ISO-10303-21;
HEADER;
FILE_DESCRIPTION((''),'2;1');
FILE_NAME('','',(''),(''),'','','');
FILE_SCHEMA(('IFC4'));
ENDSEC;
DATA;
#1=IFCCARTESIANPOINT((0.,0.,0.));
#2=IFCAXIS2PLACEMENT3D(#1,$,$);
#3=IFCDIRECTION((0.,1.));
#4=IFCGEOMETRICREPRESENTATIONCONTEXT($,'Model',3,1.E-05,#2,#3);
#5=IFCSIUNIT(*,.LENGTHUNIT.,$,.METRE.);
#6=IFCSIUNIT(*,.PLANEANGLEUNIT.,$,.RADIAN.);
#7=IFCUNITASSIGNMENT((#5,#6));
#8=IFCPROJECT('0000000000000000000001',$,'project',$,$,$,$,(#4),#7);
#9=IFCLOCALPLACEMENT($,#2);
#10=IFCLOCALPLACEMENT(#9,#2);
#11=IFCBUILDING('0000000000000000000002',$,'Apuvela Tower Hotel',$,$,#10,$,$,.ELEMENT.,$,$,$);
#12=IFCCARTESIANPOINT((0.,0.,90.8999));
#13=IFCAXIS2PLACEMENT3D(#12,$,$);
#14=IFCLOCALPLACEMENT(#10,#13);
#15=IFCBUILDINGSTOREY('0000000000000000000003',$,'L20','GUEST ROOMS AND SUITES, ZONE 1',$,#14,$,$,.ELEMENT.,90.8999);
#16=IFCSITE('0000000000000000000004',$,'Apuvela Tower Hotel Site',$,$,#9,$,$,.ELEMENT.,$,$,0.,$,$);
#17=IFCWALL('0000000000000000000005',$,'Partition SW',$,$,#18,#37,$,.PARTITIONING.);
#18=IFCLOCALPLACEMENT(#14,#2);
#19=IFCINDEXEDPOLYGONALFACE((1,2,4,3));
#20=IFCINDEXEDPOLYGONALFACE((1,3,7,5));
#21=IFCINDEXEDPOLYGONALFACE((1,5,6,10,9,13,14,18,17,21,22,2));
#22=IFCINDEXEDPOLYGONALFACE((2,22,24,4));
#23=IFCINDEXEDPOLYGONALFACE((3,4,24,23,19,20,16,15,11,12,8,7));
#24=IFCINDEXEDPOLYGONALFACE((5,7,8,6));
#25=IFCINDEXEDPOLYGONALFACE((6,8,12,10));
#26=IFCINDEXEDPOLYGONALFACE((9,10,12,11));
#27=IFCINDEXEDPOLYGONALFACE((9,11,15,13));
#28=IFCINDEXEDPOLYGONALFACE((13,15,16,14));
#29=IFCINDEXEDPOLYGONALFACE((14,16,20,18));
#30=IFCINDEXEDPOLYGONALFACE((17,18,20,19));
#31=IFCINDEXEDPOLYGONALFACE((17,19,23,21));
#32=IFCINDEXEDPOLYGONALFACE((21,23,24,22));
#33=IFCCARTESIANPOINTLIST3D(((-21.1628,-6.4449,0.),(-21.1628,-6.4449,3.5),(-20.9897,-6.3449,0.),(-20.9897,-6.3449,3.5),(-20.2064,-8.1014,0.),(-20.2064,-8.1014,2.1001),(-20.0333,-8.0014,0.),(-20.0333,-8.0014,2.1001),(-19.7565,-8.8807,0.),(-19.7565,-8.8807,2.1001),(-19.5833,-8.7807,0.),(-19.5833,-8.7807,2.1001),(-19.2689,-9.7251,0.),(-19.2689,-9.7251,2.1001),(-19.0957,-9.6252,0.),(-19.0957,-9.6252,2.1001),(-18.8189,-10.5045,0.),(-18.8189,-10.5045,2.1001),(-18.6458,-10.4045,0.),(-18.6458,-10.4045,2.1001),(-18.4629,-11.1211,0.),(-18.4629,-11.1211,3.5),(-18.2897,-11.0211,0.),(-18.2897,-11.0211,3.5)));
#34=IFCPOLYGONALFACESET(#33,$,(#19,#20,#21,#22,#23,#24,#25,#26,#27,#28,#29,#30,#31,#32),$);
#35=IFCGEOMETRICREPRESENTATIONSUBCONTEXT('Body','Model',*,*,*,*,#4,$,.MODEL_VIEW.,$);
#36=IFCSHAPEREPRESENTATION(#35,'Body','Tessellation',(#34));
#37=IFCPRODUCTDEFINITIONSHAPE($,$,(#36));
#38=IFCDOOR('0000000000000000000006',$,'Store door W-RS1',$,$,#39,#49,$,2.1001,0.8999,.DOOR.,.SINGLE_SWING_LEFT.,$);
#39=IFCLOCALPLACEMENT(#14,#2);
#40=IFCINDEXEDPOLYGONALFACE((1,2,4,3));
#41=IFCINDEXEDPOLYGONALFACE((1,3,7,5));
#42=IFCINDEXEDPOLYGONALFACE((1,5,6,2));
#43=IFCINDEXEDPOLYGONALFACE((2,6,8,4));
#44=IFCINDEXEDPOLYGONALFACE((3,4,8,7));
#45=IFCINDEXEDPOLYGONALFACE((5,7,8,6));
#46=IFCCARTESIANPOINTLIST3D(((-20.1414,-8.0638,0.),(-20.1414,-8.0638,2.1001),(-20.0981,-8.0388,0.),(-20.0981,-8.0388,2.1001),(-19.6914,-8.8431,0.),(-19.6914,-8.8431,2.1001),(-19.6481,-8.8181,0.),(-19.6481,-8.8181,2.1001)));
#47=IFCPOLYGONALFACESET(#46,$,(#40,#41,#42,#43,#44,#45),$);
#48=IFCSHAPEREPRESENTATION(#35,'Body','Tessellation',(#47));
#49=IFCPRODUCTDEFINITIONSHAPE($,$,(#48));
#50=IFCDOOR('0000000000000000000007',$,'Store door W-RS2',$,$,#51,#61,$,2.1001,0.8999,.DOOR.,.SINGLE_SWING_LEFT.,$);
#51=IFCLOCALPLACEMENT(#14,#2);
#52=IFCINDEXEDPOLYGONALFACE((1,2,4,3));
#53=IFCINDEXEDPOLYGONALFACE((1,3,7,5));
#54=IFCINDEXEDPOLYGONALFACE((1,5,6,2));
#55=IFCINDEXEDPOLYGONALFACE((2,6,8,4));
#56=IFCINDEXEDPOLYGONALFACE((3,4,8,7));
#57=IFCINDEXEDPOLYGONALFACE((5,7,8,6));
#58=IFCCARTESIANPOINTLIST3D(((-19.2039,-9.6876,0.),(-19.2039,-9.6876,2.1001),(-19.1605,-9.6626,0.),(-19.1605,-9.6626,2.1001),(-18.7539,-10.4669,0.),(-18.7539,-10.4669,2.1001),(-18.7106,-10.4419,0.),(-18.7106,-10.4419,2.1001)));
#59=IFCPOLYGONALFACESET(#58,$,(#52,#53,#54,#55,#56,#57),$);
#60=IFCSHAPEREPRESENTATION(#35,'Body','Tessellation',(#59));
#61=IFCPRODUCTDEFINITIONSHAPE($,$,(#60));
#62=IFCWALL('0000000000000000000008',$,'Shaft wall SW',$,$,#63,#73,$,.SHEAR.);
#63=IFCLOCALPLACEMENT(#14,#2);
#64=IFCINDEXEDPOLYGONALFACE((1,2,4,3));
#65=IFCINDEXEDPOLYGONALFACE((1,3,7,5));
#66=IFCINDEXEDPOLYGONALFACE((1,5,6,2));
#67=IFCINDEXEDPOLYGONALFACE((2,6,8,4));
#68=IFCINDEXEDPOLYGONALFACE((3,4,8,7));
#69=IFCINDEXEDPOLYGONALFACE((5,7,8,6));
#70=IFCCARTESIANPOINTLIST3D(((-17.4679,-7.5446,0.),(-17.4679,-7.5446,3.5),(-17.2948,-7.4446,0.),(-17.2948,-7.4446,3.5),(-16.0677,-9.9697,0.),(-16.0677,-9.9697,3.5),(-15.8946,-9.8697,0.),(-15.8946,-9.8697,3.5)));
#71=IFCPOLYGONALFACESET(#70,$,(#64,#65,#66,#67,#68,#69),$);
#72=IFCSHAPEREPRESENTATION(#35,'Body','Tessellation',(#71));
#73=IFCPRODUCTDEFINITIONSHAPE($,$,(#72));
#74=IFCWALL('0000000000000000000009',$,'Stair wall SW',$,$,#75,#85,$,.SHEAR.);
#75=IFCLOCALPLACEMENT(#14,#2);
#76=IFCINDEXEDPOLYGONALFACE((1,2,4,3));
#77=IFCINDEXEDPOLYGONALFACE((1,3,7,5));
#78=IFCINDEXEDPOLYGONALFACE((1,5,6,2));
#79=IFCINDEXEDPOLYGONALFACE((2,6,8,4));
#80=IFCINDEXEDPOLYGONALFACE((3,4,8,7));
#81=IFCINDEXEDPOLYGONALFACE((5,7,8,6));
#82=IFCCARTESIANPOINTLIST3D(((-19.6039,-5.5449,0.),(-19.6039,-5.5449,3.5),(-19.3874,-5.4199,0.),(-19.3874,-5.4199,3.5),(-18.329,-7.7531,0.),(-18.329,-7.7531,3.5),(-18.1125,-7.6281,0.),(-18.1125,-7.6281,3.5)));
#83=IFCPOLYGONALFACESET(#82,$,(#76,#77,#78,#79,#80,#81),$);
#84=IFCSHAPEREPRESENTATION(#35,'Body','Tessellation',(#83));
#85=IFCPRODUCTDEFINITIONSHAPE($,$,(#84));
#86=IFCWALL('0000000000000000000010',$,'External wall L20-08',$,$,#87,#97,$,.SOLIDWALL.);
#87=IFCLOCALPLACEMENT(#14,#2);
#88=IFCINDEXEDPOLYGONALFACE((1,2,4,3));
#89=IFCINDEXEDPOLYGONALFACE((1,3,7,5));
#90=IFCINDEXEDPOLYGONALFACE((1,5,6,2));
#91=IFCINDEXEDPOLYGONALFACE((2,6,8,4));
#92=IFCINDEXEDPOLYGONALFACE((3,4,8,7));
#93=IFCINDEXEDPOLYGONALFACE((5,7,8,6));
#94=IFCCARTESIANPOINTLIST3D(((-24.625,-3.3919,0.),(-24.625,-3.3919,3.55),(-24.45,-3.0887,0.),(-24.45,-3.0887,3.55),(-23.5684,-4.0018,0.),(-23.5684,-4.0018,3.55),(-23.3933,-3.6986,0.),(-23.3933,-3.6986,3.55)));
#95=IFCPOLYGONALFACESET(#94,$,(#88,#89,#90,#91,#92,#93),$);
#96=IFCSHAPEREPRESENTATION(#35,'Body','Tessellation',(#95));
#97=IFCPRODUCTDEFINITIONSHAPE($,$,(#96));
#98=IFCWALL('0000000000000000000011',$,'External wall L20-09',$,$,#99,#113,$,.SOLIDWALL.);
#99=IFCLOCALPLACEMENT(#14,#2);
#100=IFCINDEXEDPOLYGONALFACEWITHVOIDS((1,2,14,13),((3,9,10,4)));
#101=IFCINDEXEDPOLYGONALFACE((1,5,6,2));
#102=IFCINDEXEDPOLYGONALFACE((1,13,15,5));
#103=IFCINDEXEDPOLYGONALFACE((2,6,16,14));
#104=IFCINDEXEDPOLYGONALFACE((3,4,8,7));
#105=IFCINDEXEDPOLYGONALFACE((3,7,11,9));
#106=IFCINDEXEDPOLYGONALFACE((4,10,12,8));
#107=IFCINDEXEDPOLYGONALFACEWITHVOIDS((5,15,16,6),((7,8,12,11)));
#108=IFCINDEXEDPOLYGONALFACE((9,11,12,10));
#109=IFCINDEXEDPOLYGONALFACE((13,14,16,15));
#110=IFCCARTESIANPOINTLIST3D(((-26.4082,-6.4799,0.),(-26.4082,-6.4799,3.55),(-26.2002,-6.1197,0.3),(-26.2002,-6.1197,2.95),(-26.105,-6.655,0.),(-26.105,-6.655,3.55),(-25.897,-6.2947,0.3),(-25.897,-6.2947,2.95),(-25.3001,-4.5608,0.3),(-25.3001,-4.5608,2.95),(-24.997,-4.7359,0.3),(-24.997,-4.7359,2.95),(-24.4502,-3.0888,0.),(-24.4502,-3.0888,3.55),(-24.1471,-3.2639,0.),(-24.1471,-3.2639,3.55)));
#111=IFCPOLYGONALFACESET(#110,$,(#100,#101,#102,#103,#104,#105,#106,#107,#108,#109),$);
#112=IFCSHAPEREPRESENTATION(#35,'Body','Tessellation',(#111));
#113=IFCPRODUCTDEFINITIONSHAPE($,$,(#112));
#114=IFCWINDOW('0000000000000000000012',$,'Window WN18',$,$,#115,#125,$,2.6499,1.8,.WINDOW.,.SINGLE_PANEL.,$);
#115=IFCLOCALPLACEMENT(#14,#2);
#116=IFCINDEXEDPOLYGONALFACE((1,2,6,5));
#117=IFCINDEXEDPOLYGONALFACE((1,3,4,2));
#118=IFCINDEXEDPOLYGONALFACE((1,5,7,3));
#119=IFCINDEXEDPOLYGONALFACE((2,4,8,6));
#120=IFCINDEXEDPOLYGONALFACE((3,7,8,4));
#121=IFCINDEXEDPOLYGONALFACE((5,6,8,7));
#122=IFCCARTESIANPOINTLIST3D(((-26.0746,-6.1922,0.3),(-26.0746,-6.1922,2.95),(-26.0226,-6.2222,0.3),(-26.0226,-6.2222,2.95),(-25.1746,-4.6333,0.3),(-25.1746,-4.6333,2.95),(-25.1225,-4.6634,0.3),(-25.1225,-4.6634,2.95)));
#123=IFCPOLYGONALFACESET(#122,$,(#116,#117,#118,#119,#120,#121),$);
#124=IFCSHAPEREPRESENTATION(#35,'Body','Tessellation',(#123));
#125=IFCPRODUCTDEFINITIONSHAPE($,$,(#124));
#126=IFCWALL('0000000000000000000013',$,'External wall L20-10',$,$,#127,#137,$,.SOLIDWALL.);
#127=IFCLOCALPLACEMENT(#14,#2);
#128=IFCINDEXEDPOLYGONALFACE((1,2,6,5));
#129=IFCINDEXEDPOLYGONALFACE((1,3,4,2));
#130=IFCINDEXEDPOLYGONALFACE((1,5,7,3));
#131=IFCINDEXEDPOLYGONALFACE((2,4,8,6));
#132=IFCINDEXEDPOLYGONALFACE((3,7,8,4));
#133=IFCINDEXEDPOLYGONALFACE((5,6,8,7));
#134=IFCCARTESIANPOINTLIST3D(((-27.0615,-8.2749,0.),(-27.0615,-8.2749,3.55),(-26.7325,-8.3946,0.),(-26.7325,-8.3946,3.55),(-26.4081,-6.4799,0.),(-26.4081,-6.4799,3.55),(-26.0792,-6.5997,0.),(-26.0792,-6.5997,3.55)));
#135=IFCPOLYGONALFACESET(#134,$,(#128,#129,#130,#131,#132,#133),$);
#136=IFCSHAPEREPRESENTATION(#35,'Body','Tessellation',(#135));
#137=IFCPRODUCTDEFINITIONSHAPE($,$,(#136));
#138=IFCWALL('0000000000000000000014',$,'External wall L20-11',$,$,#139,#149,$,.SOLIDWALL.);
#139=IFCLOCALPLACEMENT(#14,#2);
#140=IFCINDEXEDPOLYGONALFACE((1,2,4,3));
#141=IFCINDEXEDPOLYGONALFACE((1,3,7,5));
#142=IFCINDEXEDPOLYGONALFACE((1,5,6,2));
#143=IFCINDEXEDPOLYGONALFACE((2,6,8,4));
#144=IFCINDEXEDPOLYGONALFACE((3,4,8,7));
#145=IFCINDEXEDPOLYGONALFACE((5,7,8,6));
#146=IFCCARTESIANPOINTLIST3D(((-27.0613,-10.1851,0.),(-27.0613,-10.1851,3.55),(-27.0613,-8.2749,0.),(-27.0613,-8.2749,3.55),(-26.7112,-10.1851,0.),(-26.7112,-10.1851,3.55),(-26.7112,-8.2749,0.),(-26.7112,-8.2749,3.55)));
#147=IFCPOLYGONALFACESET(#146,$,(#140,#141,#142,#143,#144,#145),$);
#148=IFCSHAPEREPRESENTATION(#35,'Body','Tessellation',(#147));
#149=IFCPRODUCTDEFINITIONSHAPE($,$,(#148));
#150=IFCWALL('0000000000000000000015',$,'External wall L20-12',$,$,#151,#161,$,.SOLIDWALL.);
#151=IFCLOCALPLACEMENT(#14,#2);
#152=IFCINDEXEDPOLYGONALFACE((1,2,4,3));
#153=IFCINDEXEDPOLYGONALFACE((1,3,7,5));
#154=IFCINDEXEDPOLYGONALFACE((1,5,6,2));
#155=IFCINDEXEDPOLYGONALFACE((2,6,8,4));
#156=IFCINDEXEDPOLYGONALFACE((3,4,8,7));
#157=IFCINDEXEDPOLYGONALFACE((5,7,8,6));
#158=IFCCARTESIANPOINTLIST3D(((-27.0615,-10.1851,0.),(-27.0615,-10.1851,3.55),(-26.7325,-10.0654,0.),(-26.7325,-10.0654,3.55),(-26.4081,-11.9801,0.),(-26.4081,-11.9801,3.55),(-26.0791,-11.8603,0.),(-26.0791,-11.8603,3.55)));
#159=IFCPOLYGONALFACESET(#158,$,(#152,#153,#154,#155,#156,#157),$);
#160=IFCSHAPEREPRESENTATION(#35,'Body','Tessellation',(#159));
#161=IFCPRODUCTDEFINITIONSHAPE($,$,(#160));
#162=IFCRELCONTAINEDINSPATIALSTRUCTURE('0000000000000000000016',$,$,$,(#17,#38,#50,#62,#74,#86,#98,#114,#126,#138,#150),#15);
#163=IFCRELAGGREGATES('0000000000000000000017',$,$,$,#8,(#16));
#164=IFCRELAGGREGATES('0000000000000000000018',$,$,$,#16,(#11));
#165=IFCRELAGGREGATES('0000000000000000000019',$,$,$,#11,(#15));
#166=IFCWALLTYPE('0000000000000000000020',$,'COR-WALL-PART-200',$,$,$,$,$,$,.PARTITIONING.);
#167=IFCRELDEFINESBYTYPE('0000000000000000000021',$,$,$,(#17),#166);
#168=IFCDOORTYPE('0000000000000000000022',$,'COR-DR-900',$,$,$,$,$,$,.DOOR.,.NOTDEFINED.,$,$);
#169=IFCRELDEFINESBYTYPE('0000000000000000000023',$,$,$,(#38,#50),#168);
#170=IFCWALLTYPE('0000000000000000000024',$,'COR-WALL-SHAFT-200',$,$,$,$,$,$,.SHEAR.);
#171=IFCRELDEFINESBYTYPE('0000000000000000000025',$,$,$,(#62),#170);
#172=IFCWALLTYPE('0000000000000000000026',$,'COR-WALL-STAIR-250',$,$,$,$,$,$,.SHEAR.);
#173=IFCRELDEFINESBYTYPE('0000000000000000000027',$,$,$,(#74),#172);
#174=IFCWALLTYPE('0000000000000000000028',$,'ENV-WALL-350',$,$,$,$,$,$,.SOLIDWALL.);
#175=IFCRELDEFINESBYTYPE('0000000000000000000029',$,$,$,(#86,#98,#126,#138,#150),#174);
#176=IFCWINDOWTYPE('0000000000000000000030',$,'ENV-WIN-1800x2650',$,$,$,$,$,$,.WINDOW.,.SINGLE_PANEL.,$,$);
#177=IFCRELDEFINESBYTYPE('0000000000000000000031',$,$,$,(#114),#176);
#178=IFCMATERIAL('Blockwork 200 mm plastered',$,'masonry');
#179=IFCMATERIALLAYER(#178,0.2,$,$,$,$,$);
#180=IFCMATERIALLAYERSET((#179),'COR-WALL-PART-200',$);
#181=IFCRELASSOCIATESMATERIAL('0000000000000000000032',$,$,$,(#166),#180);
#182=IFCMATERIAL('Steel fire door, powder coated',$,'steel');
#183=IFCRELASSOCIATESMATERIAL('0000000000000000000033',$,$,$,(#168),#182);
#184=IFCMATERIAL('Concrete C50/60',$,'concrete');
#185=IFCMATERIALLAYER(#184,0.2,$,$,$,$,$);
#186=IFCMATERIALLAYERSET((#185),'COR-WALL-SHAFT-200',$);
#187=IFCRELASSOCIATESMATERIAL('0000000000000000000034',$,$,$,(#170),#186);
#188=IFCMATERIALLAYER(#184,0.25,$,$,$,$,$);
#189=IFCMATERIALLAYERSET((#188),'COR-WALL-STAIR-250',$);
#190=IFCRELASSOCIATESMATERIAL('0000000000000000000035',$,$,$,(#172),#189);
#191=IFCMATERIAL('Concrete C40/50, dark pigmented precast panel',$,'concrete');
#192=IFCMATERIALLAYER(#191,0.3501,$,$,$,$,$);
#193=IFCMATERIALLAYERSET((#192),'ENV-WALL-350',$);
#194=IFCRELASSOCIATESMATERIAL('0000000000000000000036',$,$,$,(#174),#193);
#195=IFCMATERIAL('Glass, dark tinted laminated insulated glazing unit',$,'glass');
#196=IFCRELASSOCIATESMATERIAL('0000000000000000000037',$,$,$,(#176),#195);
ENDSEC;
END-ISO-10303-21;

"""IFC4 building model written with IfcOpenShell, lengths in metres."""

from ifc_helpers import new_model, si_unit, direction, frame, frame_2d, origin, place, context, subcontext, project, spatial, rectangle, extrude, material, layer, layer_set, type_object, element, fill, save


model = new_model("IFC4")

# Units and contexts
model_context = context("Model", 3, precision=1e-05, world=origin(), true_north=direction((0.0, 1.0)))
body_context = subcontext(model_context, "Body", "Model", "MODEL_VIEW")
ifc_project = project(units=[si_unit("LENGTHUNIT", "METRE"), si_unit("PLANEANGLEUNIT", "RADIAN")], contexts=[model_context])

# Site, building, storey
site_placement = place(None, origin())
site = spatial("IfcSite", under=ifc_project, at=site_placement, Name="Apuvela Tower Hotel Site", CompositionType="ELEMENT", RefElevation=0.0)
building_placement = place(site_placement, origin())
building = spatial("IfcBuilding", under=site, at=building_placement, Name="Apuvela Tower Hotel", CompositionType="ELEMENT")
storey_placement = place(building_placement, frame((0.0, 0.0, 90.8999)))
storey = spatial("IfcBuildingStorey", under=building, at=storey_placement, Name="L20", Description="GUEST ROOMS AND SUITES, ZONE 1", CompositionType="ELEMENT", Elevation=90.8999)

# Wall, openings, doors
ifc_material_1 = material(Name="Blockwork 200 mm plastered", Category="masonry")
ifc_layer_1 = layer(ifc_material_1, 0.2)
ifc_layer_set_1 = layer_set([ifc_layer_1], Name="COR-WALL-PART-200")
wall_type_1 = type_object("IfcWallType", Name="COR-WALL-PART-200", PredefinedType="PARTITIONING", material=ifc_layer_set_1)
wall_1_placement = place(storey_placement, frame((-21.0762, -6.395, 0.0), z_axis=(0.0, 0.0, 1.0), x_axis=(0.500015, -0.866017, 0.0)))
wall_1 = element("IfcWall", 1, at=wall_1_placement, inside=storey, type_object=wall_type_1, Name="Partition SW", PredefinedType="PARTITIONING", context=body_context, shape_type="SweptSolid", body=[
    extrude(rectangle(XDim=5.3997, YDim=0.2, at=frame_2d((2.6997, 0.0))), origin(), (0.0, 0.0, 1.0), 3.5),
])
opening_1_placement = place(wall_1_placement, frame((1.9126, 0.0, 0.0)))
opening_1 = element("IfcOpeningElement", 2, at=opening_1_placement, cuts=wall_1, PredefinedType="OPENING", context=body_context, shape_type="SweptSolid", body=[
    extrude(rectangle(XDim=0.8999, YDim=2.1001, at=frame_2d((0.45, 1.05))), frame((0.0, 0.1099, 0.0), z_axis=(0.0, -1.0, 0.0), x_axis=(1.0, 0.0, 0.0)), (0.0, 0.0, 1.0), 0.22),
])
opening_2_placement = place(wall_1_placement, frame((3.7876, 0.0, 0.0)))
opening_2 = element("IfcOpeningElement", 3, at=opening_2_placement, cuts=wall_1, PredefinedType="OPENING", context=body_context, shape_type="SweptSolid", body=[
    extrude(rectangle(XDim=0.8999, YDim=2.1001, at=frame_2d((0.45, 1.05))), frame((0.0, 0.1099, 0.0), z_axis=(0.0, -1.0, 0.0), x_axis=(1.0, 0.0, 0.0)), (0.0, 0.0, 1.0), 0.22),
])
ifc_material_2 = material(Name="Steel fire door, powder coated", Category="steel")
door_type_1 = type_object("IfcDoorType", Name="COR-DR-900", OperationType="NOTDEFINED", PredefinedType="DOOR", material=ifc_material_2)
door_1_placement = place(opening_1_placement, frame((0.8999, 0.0, 0.0), z_axis=(0.0, 0.0, 1.0), x_axis=(-1.0, 0.0, 0.0)))
door_1 = element("IfcDoor", 4, at=door_1_placement, inside=storey, type_object=door_type_1, Name="Store door W-RS1", OperationType="SINGLE_SWING_LEFT", OverallHeight=2.1001, OverallWidth=0.8999, PredefinedType="DOOR", context=body_context, shape_type="SweptSolid", body=[
    extrude(rectangle(XDim=0.8999, YDim=2.1001, at=frame_2d((0.45, 1.05))), frame((0.0, 0.0249, 0.0), z_axis=(0.0, -1.0, 0.0), x_axis=(1.0, 0.0, 0.0)), (0.0, 0.0, 1.0), 0.05),
])
fill(opening_1, door_1)
door_2_placement = place(opening_2_placement, frame((0.8999, 0.0, 0.0), z_axis=(0.0, 0.0, 1.0), x_axis=(-1.0, 0.0, 0.0)))
door_2 = element("IfcDoor", 5, at=door_2_placement, inside=storey, type_object=door_type_1, Name="Store door W-RS2", OperationType="SINGLE_SWING_LEFT", OverallHeight=2.1001, OverallWidth=0.8999, PredefinedType="DOOR", context=body_context, shape_type="SweptSolid", body=[
    extrude(rectangle(XDim=0.8999, YDim=2.1001, at=frame_2d((0.45, 1.05))), frame((0.0, 0.0249, 0.0), z_axis=(0.0, -1.0, 0.0), x_axis=(1.0, 0.0, 0.0)), (0.0, 0.0, 1.0), 0.05),
])
fill(opening_2, door_2)

# Walls
ifc_material_3 = material(Name="Concrete C50/60", Category="concrete")
ifc_layer_2 = layer(ifc_material_3, 0.2)
ifc_layer_set_2 = layer_set([ifc_layer_2], Name="COR-WALL-SHAFT-200")
wall_type_2 = type_object("IfcWallType", Name="COR-WALL-SHAFT-200", PredefinedType="SHEAR", material=ifc_layer_set_2)
wall_2_placement = place(storey_placement, frame((-17.3813, -7.4946, 0.0), z_axis=(0.0, 0.0, 1.0), x_axis=(0.500012, -0.866019, 0.0)))
element("IfcWall", 6, at=wall_2_placement, inside=storey, type_object=wall_type_2, Name="Shaft wall SW", PredefinedType="SHEAR", context=body_context, shape_type="SweptSolid", body=[
    extrude(rectangle(XDim=2.8003, YDim=0.2, at=frame_2d((1.4001, 0.0))), origin(), (0.0, 0.0, 1.0), 3.5),
])
ifc_layer_3 = layer(ifc_material_3, 0.25)
ifc_layer_set_3 = layer_set([ifc_layer_3], Name="COR-WALL-STAIR-250")
wall_type_3 = type_object("IfcWallType", Name="COR-WALL-STAIR-250", PredefinedType="SHEAR", material=ifc_layer_set_3)
wall_3_placement = place(storey_placement, frame((-19.4956, -5.4824, 0.0), z_axis=(0.0, 0.0, 1.0), x_axis=(0.49999, -0.866031, 0.0)))
element("IfcWall", 7, at=wall_3_placement, inside=storey, type_object=wall_type_3, Name="Stair wall SW", PredefinedType="SHEAR", context=body_context, shape_type="SweptSolid", body=[
    extrude(rectangle(XDim=2.5498, YDim=0.25, at=frame_2d((1.2749, 0.0))), origin(), (0.0, 0.0, 1.0), 3.5),
])
ifc_material_4 = material(Name="Concrete C40/50, dark pigmented precast panel", Category="concrete")
ifc_layer_4 = layer(ifc_material_4, 0.3501)
ifc_layer_set_4 = layer_set([ifc_layer_4], Name="ENV-WALL-350")
wall_type_4 = type_object("IfcWallType", Name="ENV-WALL-350", PredefinedType="SOLIDWALL", material=ifc_layer_set_4)
wall_4_placement = place(storey_placement, frame((-23.481, -3.8501, 0.0), z_axis=(0.0, 0.0, 1.0), x_axis=(-0.866092, 0.499884, 0.0)))
element("IfcWall", 8, at=wall_4_placement, inside=storey, type_object=wall_type_4, Name="External wall L20-08", PredefinedType="SOLIDWALL", context=body_context, shape_type="SweptSolid", body=[
    extrude(rectangle(XDim=1.22, YDim=0.3501, at=frame_2d((0.6099, 0.0))), origin(), (0.0, 0.0, 1.0), 3.55),
])

# Wall, opening, window
wall_5_placement = place(storey_placement, frame((-24.2986, -3.1763, 0.0), z_axis=(0.0, 0.0, 1.0), x_axis=(-0.500028, -0.866009, 0.0)))
wall_5 = element("IfcWall", 9, at=wall_5_placement, inside=storey, type_object=wall_type_4, Name="External wall L20-09", PredefinedType="SOLIDWALL", context=body_context, shape_type="SweptSolid", body=[
    extrude(rectangle(XDim=3.9158, YDim=0.3501, at=frame_2d((1.958, 0.0))), origin(), (0.0, 0.0, 1.0), 3.55),
])
opening_3_placement = place(wall_5_placement, frame((1.7, 0.0, 0.3)))
opening_3 = element("IfcOpeningElement", 10, at=opening_3_placement, cuts=wall_5, PredefinedType="OPENING", context=body_context, shape_type="SweptSolid", body=[
    extrude(rectangle(XDim=1.8, YDim=2.6499, at=frame_2d((0.8999, 1.325))), frame((0.0, 0.1851, 0.0), z_axis=(0.0, -1.0, 0.0), x_axis=(1.0, 0.0, 0.0)), (0.0, 0.0, 1.0), 0.3701),
])
ifc_material_5 = material(Name="Glass, dark tinted laminated insulated glazing unit", Category="glass")
window_type = type_object("IfcWindowType", Name="ENV-WIN-1800x2650", PartitioningType="SINGLE_PANEL", PredefinedType="WINDOW", material=ifc_material_5)
window_placement = place(opening_3_placement, origin())
window = element("IfcWindow", 11, at=window_placement, inside=storey, type_object=window_type, Name="Window WN18", OverallHeight=2.6499, OverallWidth=1.8, PartitioningType="SINGLE_PANEL", PredefinedType="WINDOW", context=body_context, shape_type="SweptSolid", body=[
    extrude(rectangle(XDim=1.8, YDim=2.6499, at=frame_2d((0.8999, 1.325))), frame((0.0, 0.03, 0.0), z_axis=(0.0, -1.0, 0.0), x_axis=(1.0, 0.0, 0.0)), (0.0, 0.0, 1.0), 0.0601),
])
fill(opening_3, window)

# Walls
for number, where, z_axis, x_axis, name in (
    (12, (-26.2437, -6.5398, 0.0), (0.0, 0.0, 1.0), (-0.34203, -0.939689, 0.0), "External wall L20-10"),
    (13, (-26.8862, -8.2749, 0.0), (0.0, 0.0, 1.0), (0.0, -1.0, 0.0), "External wall L20-11"),
    (14, (-26.897, -10.1252, 0.0), (0.0, 0.0, 1.0), (0.34203, -0.939689, 0.0), "External wall L20-12"),
):
    element("IfcWall", number, at=place(storey_placement, frame(where, z_axis=z_axis, x_axis=x_axis)), inside=storey, type_object=wall_type_4, Name=name, PredefinedType="SOLIDWALL", context=body_context, shape_type="SweptSolid", body=[
        extrude(rectangle(XDim=1.9102, YDim=0.3501, at=frame_2d((0.9551, 0.0))), origin(), (0.0, 0.0, 1.0), 3.55),
    ])

save(model, "model.ifc")
